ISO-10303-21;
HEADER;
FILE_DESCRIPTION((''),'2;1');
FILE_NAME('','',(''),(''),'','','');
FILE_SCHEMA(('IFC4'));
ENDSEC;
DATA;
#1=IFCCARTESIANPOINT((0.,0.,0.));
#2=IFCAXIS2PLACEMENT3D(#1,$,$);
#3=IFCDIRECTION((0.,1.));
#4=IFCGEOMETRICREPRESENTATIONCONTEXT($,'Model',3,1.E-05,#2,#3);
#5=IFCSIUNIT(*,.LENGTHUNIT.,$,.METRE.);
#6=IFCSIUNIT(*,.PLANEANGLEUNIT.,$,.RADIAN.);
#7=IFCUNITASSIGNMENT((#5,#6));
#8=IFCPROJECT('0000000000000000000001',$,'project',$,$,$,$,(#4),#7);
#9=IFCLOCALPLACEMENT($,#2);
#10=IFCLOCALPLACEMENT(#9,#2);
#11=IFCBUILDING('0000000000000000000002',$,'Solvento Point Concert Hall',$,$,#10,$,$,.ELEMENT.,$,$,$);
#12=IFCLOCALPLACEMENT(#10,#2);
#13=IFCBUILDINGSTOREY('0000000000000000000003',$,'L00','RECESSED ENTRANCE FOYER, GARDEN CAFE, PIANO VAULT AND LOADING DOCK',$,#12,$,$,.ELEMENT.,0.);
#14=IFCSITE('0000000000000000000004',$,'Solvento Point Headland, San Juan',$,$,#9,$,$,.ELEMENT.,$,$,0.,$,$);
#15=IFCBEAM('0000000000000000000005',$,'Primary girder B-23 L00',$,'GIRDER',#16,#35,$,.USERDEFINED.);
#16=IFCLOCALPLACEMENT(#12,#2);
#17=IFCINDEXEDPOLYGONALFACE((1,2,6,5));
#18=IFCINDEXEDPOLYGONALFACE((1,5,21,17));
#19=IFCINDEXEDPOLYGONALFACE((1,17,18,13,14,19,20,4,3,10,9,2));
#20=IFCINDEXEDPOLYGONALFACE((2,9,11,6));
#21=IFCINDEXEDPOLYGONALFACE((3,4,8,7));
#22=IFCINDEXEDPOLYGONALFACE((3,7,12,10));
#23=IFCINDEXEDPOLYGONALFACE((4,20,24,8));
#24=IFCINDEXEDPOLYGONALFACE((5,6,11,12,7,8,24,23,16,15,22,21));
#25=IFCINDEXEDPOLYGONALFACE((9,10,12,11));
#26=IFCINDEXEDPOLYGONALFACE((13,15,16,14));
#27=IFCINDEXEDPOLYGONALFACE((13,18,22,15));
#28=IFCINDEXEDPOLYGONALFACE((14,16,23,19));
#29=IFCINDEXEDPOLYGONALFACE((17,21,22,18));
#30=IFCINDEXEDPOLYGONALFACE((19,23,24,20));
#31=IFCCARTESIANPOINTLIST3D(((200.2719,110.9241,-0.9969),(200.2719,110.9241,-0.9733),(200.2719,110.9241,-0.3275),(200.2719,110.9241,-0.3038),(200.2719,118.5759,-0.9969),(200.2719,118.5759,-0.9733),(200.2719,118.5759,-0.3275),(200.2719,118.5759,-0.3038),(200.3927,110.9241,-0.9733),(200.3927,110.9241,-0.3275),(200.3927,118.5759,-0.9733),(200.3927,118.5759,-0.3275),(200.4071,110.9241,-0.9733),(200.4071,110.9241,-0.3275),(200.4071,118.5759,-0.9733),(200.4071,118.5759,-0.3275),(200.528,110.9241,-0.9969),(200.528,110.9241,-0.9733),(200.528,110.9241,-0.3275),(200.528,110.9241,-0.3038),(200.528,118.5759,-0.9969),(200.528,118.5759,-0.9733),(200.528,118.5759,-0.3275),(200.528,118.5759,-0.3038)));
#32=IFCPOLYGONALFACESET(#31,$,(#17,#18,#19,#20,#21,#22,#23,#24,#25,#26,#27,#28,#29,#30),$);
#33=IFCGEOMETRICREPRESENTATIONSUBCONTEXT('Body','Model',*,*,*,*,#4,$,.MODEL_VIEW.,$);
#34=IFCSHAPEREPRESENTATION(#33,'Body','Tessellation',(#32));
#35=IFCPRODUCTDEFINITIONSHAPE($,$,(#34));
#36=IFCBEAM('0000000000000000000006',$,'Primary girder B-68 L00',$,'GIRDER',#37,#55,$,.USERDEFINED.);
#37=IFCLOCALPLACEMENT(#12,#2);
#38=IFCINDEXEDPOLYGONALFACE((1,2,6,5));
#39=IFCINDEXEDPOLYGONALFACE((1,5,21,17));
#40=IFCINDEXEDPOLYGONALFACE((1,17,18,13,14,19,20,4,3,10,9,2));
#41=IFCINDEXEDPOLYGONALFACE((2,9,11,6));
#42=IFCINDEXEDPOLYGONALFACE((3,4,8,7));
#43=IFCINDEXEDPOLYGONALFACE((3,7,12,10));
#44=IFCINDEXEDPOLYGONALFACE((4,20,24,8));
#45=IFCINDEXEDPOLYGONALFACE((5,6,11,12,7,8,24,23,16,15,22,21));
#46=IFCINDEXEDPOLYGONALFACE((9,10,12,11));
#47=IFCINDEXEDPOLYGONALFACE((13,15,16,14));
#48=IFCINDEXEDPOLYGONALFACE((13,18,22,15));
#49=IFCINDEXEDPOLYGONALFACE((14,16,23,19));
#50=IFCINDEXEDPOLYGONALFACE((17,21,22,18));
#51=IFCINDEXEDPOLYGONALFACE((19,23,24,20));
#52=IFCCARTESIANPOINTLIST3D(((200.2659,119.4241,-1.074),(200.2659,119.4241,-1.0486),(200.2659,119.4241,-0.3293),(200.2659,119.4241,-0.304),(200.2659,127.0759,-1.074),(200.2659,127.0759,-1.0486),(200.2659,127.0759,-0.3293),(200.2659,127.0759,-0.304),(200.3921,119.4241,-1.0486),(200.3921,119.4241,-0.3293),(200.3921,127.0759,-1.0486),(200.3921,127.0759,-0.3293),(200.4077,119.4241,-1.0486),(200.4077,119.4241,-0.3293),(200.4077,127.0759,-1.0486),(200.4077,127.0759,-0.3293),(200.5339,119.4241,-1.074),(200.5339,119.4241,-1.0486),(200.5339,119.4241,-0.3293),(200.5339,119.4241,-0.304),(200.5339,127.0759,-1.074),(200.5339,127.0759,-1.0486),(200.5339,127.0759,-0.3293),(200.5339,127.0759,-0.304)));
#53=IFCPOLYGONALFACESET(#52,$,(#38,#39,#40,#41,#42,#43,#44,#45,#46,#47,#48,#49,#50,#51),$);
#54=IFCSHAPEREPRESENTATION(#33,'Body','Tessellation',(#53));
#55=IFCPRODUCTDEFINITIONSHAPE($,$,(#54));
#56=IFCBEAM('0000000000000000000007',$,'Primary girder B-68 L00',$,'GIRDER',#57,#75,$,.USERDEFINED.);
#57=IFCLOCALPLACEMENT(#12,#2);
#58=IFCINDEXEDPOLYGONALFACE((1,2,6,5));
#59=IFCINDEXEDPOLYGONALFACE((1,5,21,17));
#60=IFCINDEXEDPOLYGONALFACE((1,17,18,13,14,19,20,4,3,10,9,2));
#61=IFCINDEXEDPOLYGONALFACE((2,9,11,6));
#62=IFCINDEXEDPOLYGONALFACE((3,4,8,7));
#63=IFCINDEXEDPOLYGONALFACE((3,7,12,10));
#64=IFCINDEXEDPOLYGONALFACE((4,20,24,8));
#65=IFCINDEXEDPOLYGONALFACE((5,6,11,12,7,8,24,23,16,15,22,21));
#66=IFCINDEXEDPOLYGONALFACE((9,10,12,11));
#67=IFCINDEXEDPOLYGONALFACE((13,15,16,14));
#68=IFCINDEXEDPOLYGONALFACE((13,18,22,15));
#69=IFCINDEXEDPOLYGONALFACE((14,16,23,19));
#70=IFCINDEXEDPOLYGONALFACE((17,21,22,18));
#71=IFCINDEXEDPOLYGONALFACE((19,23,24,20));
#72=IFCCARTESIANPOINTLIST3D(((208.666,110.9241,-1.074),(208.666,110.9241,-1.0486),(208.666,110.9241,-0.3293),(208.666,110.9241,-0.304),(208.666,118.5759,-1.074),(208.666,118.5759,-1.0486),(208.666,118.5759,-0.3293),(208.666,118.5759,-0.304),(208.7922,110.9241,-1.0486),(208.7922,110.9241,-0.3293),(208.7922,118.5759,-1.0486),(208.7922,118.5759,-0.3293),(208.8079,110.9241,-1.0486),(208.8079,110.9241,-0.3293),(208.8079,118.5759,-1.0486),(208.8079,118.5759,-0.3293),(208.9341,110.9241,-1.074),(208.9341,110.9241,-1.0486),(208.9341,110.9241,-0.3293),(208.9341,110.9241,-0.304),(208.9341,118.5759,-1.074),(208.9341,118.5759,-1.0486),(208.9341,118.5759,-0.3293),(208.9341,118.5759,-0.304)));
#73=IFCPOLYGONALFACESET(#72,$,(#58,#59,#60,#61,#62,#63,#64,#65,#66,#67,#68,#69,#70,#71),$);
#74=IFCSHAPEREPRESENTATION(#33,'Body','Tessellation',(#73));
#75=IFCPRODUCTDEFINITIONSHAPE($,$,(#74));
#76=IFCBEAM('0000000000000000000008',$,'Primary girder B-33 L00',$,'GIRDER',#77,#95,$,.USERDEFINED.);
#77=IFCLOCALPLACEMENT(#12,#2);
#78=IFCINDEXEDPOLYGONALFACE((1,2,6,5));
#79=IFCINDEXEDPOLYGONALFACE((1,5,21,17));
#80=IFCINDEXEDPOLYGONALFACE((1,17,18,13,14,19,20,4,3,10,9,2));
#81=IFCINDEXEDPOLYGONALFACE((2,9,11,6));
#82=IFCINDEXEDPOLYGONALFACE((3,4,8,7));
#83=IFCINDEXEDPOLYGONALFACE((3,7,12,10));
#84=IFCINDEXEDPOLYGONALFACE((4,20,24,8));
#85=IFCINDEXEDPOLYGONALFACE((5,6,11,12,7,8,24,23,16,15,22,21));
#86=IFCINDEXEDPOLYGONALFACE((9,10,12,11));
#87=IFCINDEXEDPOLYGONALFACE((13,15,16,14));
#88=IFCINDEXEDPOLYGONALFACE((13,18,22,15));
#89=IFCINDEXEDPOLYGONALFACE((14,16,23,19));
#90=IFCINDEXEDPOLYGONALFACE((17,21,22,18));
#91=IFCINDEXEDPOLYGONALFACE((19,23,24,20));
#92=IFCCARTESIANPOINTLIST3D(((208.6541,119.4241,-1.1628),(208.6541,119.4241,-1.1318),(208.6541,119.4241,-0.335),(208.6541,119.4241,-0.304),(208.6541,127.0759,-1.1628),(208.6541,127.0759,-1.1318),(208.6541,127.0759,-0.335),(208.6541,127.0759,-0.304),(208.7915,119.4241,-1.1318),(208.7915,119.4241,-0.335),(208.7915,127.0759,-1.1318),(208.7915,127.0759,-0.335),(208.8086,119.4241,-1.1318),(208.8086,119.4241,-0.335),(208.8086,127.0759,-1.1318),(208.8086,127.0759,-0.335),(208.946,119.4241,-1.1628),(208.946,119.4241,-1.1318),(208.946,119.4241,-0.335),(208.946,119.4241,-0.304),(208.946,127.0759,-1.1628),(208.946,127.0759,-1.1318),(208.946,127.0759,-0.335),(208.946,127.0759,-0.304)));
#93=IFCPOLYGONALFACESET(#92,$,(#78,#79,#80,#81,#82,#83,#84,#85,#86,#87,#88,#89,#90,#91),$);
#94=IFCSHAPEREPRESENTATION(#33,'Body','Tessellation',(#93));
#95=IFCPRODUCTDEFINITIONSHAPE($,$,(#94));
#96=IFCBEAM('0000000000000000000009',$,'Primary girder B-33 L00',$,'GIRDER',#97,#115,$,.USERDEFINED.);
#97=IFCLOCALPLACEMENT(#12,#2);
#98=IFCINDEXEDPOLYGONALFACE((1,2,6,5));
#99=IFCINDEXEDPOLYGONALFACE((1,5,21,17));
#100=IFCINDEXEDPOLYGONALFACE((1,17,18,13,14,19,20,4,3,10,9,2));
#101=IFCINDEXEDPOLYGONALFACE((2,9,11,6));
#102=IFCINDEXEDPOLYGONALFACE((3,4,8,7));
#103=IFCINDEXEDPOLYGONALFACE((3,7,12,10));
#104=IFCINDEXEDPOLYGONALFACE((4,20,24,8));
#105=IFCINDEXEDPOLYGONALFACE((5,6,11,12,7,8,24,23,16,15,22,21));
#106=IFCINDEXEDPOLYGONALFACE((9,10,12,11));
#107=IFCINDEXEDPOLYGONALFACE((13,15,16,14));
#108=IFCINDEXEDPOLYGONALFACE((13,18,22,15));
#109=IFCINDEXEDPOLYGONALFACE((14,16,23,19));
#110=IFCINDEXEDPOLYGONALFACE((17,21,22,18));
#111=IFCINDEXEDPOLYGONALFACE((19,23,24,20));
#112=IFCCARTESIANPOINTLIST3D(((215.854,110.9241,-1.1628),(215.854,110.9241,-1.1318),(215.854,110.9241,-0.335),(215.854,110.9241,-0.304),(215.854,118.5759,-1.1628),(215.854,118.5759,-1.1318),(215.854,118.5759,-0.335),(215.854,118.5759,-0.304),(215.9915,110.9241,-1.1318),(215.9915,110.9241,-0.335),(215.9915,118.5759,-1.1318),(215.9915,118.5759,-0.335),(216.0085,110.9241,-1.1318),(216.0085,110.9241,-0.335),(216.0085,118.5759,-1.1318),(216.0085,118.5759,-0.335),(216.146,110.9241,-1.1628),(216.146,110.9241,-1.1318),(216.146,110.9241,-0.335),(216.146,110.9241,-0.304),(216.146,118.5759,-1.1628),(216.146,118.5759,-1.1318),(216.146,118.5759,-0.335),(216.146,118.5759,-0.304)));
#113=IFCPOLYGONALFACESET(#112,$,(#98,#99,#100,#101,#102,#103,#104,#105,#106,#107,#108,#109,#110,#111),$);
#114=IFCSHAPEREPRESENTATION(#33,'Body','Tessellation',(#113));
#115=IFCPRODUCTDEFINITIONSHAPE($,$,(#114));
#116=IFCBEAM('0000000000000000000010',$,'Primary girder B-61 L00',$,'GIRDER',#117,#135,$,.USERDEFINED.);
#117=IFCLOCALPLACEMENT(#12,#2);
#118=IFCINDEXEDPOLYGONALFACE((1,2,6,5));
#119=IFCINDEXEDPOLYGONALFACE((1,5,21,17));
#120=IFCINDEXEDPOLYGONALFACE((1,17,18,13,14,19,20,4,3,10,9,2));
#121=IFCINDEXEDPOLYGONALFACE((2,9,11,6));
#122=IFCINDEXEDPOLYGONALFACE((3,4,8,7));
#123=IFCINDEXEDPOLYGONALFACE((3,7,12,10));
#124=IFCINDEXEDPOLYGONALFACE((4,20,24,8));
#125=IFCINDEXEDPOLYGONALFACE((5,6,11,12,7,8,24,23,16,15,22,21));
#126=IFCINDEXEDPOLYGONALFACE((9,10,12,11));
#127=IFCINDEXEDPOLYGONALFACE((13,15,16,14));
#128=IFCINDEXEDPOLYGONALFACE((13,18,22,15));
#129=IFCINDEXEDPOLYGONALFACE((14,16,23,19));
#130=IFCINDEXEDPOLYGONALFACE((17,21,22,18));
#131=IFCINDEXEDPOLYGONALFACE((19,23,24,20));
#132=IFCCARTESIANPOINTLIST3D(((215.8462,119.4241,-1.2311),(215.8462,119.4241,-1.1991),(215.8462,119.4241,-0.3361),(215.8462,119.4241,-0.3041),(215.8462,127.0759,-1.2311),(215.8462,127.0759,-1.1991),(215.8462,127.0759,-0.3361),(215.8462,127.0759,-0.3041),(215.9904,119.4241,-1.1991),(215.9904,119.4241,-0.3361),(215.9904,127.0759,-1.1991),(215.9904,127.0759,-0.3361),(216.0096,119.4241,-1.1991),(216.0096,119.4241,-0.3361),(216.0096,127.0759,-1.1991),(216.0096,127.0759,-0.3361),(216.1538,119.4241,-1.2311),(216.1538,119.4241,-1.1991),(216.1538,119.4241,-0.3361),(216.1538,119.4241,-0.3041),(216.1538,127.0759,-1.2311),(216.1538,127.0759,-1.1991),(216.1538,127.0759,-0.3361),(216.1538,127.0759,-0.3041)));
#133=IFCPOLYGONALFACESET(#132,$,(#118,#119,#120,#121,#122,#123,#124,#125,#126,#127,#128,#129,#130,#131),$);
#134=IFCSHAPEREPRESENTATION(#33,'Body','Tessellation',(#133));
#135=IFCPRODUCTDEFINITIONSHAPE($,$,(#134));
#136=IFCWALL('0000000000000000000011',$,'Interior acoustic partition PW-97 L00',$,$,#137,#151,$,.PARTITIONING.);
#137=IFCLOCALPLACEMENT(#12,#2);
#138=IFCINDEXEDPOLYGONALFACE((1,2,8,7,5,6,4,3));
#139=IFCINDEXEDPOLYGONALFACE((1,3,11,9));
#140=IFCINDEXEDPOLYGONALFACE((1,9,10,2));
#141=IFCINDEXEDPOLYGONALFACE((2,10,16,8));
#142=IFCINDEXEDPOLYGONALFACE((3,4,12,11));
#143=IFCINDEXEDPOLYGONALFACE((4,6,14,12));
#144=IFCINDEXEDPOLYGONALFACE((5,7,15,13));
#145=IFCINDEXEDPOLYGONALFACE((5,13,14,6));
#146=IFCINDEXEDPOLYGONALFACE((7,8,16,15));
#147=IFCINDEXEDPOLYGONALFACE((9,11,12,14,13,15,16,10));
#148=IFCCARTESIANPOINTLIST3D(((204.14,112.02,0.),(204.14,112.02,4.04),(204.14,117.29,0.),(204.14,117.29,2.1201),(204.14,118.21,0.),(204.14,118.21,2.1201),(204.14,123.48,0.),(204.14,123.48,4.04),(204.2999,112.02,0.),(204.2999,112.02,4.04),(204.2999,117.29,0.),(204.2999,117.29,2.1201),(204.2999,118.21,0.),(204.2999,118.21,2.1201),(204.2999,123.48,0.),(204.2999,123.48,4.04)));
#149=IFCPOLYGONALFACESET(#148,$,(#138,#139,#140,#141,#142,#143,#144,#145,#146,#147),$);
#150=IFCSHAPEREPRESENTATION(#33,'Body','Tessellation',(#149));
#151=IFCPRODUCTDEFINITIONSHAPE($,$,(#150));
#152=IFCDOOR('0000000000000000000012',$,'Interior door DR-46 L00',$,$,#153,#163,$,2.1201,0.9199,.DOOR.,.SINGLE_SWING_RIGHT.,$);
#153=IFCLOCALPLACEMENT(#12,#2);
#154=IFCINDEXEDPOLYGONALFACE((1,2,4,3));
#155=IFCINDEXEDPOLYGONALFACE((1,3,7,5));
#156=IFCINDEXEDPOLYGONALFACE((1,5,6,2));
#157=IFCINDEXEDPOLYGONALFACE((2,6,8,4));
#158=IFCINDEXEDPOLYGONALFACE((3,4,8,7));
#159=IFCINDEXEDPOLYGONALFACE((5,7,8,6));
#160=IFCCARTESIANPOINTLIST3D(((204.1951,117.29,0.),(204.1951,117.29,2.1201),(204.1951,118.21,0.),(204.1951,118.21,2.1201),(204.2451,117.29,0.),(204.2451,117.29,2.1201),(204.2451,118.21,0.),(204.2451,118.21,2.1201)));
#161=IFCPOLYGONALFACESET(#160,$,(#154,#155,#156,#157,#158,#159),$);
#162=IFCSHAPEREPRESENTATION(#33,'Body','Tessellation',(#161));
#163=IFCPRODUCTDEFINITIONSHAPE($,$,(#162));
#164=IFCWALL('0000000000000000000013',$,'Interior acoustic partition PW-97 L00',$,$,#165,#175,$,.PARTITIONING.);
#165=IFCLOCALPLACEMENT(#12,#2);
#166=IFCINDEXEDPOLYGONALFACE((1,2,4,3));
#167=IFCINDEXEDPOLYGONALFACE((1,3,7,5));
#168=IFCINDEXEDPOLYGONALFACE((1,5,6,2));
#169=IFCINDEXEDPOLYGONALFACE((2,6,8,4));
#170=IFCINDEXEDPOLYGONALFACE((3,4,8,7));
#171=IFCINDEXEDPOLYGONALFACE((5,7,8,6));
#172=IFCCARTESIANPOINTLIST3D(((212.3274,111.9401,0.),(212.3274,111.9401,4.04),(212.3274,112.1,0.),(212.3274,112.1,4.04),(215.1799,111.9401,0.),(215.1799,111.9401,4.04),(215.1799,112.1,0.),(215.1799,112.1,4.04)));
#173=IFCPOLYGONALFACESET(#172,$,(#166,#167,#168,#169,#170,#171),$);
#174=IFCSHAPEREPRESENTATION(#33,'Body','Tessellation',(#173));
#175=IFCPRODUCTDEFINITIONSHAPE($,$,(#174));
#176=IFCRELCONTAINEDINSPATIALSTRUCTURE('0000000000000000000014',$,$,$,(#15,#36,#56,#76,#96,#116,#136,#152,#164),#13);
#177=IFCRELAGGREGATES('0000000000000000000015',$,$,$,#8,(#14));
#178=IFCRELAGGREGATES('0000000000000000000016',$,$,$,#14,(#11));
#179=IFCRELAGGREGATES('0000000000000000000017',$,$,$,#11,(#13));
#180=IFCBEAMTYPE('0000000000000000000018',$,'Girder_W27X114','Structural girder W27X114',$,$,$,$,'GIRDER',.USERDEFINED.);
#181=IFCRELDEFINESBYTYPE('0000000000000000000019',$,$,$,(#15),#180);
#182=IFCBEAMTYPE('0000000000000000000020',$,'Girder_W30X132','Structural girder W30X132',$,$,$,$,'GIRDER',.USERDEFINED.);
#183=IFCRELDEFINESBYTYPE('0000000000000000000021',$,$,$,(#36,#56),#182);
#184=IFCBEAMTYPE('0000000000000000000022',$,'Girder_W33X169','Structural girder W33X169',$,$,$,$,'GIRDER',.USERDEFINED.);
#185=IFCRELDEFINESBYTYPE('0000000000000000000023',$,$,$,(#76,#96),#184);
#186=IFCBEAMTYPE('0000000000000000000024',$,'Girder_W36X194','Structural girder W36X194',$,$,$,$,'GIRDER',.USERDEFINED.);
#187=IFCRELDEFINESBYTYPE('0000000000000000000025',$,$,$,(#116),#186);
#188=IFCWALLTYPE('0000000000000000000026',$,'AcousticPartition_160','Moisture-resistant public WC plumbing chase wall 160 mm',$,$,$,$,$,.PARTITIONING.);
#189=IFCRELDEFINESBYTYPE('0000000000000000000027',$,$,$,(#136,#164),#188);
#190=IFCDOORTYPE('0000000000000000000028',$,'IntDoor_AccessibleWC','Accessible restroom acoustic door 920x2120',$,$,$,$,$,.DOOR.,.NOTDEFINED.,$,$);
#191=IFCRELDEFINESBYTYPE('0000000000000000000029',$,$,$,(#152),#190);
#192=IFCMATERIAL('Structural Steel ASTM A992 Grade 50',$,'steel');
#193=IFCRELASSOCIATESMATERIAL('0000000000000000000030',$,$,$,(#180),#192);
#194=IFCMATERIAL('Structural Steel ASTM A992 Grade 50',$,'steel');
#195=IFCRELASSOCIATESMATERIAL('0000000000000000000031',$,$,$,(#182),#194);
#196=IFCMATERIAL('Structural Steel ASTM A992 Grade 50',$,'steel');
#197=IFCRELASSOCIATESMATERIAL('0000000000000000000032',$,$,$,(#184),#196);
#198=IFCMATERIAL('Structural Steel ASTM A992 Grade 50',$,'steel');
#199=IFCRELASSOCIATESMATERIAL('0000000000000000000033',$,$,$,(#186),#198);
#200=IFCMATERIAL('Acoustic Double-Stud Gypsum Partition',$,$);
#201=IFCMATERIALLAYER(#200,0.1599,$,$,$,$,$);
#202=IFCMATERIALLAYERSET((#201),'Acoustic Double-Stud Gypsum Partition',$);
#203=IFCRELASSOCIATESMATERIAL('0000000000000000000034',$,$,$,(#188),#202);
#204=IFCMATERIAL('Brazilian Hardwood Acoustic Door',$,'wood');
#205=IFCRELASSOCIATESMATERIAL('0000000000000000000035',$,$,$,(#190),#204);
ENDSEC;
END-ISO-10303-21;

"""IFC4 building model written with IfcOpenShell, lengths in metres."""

from ifc_helpers import new_model, si_unit, direction, frame, frame_2d, origin, origin_2d, place, context, subcontext, project, spatial, rectangle, i_section, extrude, material, layer, layer_set, material_profile, profile_set, type_object, element, fill, save


model = new_model("IFC4")

# Units and contexts
model_context = context("Model", 3, precision=1e-05, world=origin(), true_north=direction((0.0, 1.0)))
body_context = subcontext(model_context, "Body", "Model", "MODEL_VIEW")
ifc_project = project(units=[si_unit("LENGTHUNIT", "METRE"), si_unit("PLANEANGLEUNIT", "RADIAN")], contexts=[model_context])

# Site, building, storey
site_placement = place(None, origin())
site = spatial("IfcSite", under=ifc_project, at=site_placement, Name="Solvento Point Headland, San Juan", CompositionType="ELEMENT", RefElevation=0.0)
building_placement = place(site_placement, origin())
building = spatial("IfcBuilding", under=site, at=building_placement, Name="Solvento Point Concert Hall", CompositionType="ELEMENT")
storey_placement = place(building_placement, origin())
storey = spatial("IfcBuildingStorey", under=building, at=storey_placement, Name="L00", Description="RECESSED ENTRANCE FOYER, GARDEN CAFE, PIANO VAULT AND LOADING DOCK", CompositionType="ELEMENT", Elevation=0.0)

# Beams
ifc_material_1 = material(Name="Structural Steel ASTM A992 Grade 50", Category="steel")
ifc_material_profile_1 = material_profile(ifc_material_1, i_section(OverallWidth=0.2561, OverallDepth=0.6931, WebThickness=0.0144, FlangeThickness=0.0237, at=origin_2d()), Name="W27X114")
ifc_profile_set_1 = profile_set([ifc_material_profile_1], Name="Structural Steel ASTM A992 Grade 50")
beam_type_1 = type_object("IfcBeamType", Name="Girder_W27X114", Description="Structural girder W27X114", ElementType="GIRDER", PredefinedType="USERDEFINED", material=ifc_profile_set_1)
beam_1_placement = place(storey_placement, frame((200.3999, 110.9241, -0.6504), z_axis=(0.0, 1.0, 0.0), x_axis=(-1.0, 0.0, 0.0)))
element("IfcBeam", 1, at=beam_1_placement, inside=storey, type_object=beam_type_1, Name="Primary girder B-23 L00", ObjectType="GIRDER", PredefinedType="USERDEFINED", context=body_context, shape_type="SweptSolid", body=[
    extrude(i_section(OverallWidth=0.2561, OverallDepth=0.6931, WebThickness=0.0144, FlangeThickness=0.0237, at=origin_2d()), origin(), (0.0, 0.0, 1.0), 7.6519),
])
ifc_material_2 = material(Name="Structural Steel ASTM A992 Grade 50", Category="steel")
ifc_material_profile_2 = material_profile(ifc_material_2, i_section(OverallWidth=0.2681, OverallDepth=0.77, WebThickness=0.0156, FlangeThickness=0.0254, at=origin_2d()), Name="W30X132")
ifc_profile_set_2 = profile_set([ifc_material_profile_2], Name="Structural Steel ASTM A992 Grade 50")
beam_type_2 = type_object("IfcBeamType", Name="Girder_W30X132", Description="Structural girder W30X132", ElementType="GIRDER", PredefinedType="USERDEFINED", material=ifc_profile_set_2)
for number, where, z_axis, x_axis, name in (
    (2, (200.3999, 119.4241, -0.689), (0.0, 1.0, 0.0), (-1.0, 0.0, 0.0), "Primary girder B-68 L00"),
    (3, (208.8, 110.9241, -0.689), (0.0, 1.0, 0.0), (-1.0, 0.0, 0.0), "Primary girder B-68 L00"),
):
    element("IfcBeam", number, at=place(storey_placement, frame(where, z_axis=z_axis, x_axis=x_axis)), inside=storey, type_object=beam_type_2, Name=name, ObjectType="GIRDER", PredefinedType="USERDEFINED", context=body_context, shape_type="SweptSolid", body=[
        extrude(i_section(OverallWidth=0.2681, OverallDepth=0.77, WebThickness=0.0156, FlangeThickness=0.0254, at=origin_2d()), origin(), (0.0, 0.0, 1.0), 7.6519),
    ])
ifc_material_3 = material(Name="Structural Steel ASTM A992 Grade 50", Category="steel")
ifc_material_profile_3 = material_profile(ifc_material_3, i_section(OverallWidth=0.292, OverallDepth=0.8589, WebThickness=0.0171, FlangeThickness=0.031, at=origin_2d()), Name="W33X169")
ifc_profile_set_3 = profile_set([ifc_material_profile_3], Name="Structural Steel ASTM A992 Grade 50")
beam_type_3 = type_object("IfcBeamType", Name="Girder_W33X169", Description="Structural girder W33X169", ElementType="GIRDER", PredefinedType="USERDEFINED", material=ifc_profile_set_3)
for number, where, z_axis, x_axis, name in (
    (4, (208.8, 119.4241, -0.7334), (0.0, 1.0, 0.0), (-1.0, 0.0, 0.0), "Primary girder B-33 L00"),
    (5, (216.0, 110.9241, -0.7334), (0.0, 1.0, 0.0), (-1.0, 0.0, 0.0), "Primary girder B-33 L00"),
):
    element("IfcBeam", number, at=place(storey_placement, frame(where, z_axis=z_axis, x_axis=x_axis)), inside=storey, type_object=beam_type_3, Name=name, ObjectType="GIRDER", PredefinedType="USERDEFINED", context=body_context, shape_type="SweptSolid", body=[
        extrude(i_section(OverallWidth=0.292, OverallDepth=0.8589, WebThickness=0.0171, FlangeThickness=0.031, at=origin_2d()), origin(), (0.0, 0.0, 1.0), 7.6519),
    ])
ifc_material_4 = material(Name="Structural Steel ASTM A992 Grade 50", Category="steel")
ifc_material_profile_4 = material_profile(ifc_material_4, i_section(OverallWidth=0.3076, OverallDepth=0.927, WebThickness=0.0193, FlangeThickness=0.032, at=origin_2d()), Name="W36X194")
ifc_profile_set_4 = profile_set([ifc_material_profile_4], Name="Structural Steel ASTM A992 Grade 50")
beam_type_4 = type_object("IfcBeamType", Name="Girder_W36X194", Description="Structural girder W36X194", ElementType="GIRDER", PredefinedType="USERDEFINED", material=ifc_profile_set_4)
beam_2_placement = place(storey_placement, frame((216.0, 119.4241, -0.7676), z_axis=(0.0, 1.0, 0.0), x_axis=(-1.0, 0.0, 0.0)))
element("IfcBeam", 6, at=beam_2_placement, inside=storey, type_object=beam_type_4, Name="Primary girder B-61 L00", ObjectType="GIRDER", PredefinedType="USERDEFINED", context=body_context, shape_type="SweptSolid", body=[
    extrude(i_section(OverallWidth=0.3076, OverallDepth=0.927, WebThickness=0.0193, FlangeThickness=0.032, at=origin_2d()), origin(), (0.0, 0.0, 1.0), 7.6519),
])

# Wall, opening, door
ifc_material_5 = material(Name="Acoustic Double-Stud Gypsum Partition")
ifc_layer_1 = layer(ifc_material_5, 0.1599)
ifc_layer_set_1 = layer_set([ifc_layer_1], Name="Acoustic Double-Stud Gypsum Partition")
wall_type_1 = type_object("IfcWallType", Name="AcousticPartition_160", Description="Moisture-resistant public WC plumbing chase wall 160 mm", PredefinedType="PARTITIONING", material=ifc_layer_set_1)
wall_1_placement = place(storey_placement, frame((204.22, 112.02, 0.0), z_axis=(0.0, 0.0, 1.0), x_axis=(0.0, 1.0, 0.0)))
wall_1 = element("IfcWall", 7, at=wall_1_placement, inside=storey, type_object=wall_type_1, Name="Interior acoustic partition PW-97 L00", PredefinedType="PARTITIONING", context=body_context, shape_type="SweptSolid", body=[
    extrude(rectangle(XDim=11.46, YDim=0.1599, at=frame_2d((5.73, 0.0))), origin(), (0.0, 0.0, 1.0), 4.04),
])
opening_1_placement = place(wall_1_placement, frame((5.27, 0.0, 0.0)))
opening_1 = element("IfcOpeningElement", 8, at=opening_1_placement, cuts=wall_1, PredefinedType="OPENING", context=body_context, shape_type="SweptSolid", body=[
    extrude(rectangle(XDim=0.9199, YDim=2.1201, at=frame_2d((0.46, 1.0601))), frame((0.0, 0.0898, 0.0), z_axis=(0.0, -1.0, 0.0), x_axis=(1.0, 0.0, 0.0)), (0.0, 0.0, 1.0), 0.1799),
])
ifc_material_6 = material(Name="Brazilian Hardwood Acoustic Door", Category="wood")
door_type_1 = type_object("IfcDoorType", Name="IntDoor_AccessibleWC", Description="Accessible restroom acoustic door 920x2120", OperationType="NOTDEFINED", PredefinedType="DOOR", material=ifc_material_6)
door_1_placement = place(opening_1_placement, origin())
door_1 = element("IfcDoor", 9, at=door_1_placement, inside=storey, type_object=door_type_1, Name="Interior door DR-46 L00", OperationType="SINGLE_SWING_RIGHT", OverallHeight=2.1201, OverallWidth=0.9199, PredefinedType="DOOR", context=body_context, shape_type="SweptSolid", body=[
    extrude(rectangle(XDim=0.9199, YDim=2.1201, at=frame_2d((0.46, 1.0601))), frame((0.0, 0.0249, 0.0), z_axis=(0.0, -1.0, 0.0), x_axis=(1.0, 0.0, 0.0)), (0.0, 0.0, 1.0), 0.05),
])
fill(opening_1, door_1)

# Wall
wall_2_placement = place(storey_placement, frame((215.1799, 112.02, 0.0), z_axis=(0.0, 0.0, 1.0), x_axis=(-1.0, 0.0, 0.0)))
element("IfcWall", 10, at=wall_2_placement, inside=storey, type_object=wall_type_1, Name="Interior acoustic partition PW-97 L00", PredefinedType="PARTITIONING", context=body_context, shape_type="SweptSolid", body=[
    extrude(rectangle(XDim=2.8525, YDim=0.1599, at=frame_2d((1.4263, 0.0))), origin(), (0.0, 0.0, 1.0), 4.04),
])

save(model, "model.ifc")
